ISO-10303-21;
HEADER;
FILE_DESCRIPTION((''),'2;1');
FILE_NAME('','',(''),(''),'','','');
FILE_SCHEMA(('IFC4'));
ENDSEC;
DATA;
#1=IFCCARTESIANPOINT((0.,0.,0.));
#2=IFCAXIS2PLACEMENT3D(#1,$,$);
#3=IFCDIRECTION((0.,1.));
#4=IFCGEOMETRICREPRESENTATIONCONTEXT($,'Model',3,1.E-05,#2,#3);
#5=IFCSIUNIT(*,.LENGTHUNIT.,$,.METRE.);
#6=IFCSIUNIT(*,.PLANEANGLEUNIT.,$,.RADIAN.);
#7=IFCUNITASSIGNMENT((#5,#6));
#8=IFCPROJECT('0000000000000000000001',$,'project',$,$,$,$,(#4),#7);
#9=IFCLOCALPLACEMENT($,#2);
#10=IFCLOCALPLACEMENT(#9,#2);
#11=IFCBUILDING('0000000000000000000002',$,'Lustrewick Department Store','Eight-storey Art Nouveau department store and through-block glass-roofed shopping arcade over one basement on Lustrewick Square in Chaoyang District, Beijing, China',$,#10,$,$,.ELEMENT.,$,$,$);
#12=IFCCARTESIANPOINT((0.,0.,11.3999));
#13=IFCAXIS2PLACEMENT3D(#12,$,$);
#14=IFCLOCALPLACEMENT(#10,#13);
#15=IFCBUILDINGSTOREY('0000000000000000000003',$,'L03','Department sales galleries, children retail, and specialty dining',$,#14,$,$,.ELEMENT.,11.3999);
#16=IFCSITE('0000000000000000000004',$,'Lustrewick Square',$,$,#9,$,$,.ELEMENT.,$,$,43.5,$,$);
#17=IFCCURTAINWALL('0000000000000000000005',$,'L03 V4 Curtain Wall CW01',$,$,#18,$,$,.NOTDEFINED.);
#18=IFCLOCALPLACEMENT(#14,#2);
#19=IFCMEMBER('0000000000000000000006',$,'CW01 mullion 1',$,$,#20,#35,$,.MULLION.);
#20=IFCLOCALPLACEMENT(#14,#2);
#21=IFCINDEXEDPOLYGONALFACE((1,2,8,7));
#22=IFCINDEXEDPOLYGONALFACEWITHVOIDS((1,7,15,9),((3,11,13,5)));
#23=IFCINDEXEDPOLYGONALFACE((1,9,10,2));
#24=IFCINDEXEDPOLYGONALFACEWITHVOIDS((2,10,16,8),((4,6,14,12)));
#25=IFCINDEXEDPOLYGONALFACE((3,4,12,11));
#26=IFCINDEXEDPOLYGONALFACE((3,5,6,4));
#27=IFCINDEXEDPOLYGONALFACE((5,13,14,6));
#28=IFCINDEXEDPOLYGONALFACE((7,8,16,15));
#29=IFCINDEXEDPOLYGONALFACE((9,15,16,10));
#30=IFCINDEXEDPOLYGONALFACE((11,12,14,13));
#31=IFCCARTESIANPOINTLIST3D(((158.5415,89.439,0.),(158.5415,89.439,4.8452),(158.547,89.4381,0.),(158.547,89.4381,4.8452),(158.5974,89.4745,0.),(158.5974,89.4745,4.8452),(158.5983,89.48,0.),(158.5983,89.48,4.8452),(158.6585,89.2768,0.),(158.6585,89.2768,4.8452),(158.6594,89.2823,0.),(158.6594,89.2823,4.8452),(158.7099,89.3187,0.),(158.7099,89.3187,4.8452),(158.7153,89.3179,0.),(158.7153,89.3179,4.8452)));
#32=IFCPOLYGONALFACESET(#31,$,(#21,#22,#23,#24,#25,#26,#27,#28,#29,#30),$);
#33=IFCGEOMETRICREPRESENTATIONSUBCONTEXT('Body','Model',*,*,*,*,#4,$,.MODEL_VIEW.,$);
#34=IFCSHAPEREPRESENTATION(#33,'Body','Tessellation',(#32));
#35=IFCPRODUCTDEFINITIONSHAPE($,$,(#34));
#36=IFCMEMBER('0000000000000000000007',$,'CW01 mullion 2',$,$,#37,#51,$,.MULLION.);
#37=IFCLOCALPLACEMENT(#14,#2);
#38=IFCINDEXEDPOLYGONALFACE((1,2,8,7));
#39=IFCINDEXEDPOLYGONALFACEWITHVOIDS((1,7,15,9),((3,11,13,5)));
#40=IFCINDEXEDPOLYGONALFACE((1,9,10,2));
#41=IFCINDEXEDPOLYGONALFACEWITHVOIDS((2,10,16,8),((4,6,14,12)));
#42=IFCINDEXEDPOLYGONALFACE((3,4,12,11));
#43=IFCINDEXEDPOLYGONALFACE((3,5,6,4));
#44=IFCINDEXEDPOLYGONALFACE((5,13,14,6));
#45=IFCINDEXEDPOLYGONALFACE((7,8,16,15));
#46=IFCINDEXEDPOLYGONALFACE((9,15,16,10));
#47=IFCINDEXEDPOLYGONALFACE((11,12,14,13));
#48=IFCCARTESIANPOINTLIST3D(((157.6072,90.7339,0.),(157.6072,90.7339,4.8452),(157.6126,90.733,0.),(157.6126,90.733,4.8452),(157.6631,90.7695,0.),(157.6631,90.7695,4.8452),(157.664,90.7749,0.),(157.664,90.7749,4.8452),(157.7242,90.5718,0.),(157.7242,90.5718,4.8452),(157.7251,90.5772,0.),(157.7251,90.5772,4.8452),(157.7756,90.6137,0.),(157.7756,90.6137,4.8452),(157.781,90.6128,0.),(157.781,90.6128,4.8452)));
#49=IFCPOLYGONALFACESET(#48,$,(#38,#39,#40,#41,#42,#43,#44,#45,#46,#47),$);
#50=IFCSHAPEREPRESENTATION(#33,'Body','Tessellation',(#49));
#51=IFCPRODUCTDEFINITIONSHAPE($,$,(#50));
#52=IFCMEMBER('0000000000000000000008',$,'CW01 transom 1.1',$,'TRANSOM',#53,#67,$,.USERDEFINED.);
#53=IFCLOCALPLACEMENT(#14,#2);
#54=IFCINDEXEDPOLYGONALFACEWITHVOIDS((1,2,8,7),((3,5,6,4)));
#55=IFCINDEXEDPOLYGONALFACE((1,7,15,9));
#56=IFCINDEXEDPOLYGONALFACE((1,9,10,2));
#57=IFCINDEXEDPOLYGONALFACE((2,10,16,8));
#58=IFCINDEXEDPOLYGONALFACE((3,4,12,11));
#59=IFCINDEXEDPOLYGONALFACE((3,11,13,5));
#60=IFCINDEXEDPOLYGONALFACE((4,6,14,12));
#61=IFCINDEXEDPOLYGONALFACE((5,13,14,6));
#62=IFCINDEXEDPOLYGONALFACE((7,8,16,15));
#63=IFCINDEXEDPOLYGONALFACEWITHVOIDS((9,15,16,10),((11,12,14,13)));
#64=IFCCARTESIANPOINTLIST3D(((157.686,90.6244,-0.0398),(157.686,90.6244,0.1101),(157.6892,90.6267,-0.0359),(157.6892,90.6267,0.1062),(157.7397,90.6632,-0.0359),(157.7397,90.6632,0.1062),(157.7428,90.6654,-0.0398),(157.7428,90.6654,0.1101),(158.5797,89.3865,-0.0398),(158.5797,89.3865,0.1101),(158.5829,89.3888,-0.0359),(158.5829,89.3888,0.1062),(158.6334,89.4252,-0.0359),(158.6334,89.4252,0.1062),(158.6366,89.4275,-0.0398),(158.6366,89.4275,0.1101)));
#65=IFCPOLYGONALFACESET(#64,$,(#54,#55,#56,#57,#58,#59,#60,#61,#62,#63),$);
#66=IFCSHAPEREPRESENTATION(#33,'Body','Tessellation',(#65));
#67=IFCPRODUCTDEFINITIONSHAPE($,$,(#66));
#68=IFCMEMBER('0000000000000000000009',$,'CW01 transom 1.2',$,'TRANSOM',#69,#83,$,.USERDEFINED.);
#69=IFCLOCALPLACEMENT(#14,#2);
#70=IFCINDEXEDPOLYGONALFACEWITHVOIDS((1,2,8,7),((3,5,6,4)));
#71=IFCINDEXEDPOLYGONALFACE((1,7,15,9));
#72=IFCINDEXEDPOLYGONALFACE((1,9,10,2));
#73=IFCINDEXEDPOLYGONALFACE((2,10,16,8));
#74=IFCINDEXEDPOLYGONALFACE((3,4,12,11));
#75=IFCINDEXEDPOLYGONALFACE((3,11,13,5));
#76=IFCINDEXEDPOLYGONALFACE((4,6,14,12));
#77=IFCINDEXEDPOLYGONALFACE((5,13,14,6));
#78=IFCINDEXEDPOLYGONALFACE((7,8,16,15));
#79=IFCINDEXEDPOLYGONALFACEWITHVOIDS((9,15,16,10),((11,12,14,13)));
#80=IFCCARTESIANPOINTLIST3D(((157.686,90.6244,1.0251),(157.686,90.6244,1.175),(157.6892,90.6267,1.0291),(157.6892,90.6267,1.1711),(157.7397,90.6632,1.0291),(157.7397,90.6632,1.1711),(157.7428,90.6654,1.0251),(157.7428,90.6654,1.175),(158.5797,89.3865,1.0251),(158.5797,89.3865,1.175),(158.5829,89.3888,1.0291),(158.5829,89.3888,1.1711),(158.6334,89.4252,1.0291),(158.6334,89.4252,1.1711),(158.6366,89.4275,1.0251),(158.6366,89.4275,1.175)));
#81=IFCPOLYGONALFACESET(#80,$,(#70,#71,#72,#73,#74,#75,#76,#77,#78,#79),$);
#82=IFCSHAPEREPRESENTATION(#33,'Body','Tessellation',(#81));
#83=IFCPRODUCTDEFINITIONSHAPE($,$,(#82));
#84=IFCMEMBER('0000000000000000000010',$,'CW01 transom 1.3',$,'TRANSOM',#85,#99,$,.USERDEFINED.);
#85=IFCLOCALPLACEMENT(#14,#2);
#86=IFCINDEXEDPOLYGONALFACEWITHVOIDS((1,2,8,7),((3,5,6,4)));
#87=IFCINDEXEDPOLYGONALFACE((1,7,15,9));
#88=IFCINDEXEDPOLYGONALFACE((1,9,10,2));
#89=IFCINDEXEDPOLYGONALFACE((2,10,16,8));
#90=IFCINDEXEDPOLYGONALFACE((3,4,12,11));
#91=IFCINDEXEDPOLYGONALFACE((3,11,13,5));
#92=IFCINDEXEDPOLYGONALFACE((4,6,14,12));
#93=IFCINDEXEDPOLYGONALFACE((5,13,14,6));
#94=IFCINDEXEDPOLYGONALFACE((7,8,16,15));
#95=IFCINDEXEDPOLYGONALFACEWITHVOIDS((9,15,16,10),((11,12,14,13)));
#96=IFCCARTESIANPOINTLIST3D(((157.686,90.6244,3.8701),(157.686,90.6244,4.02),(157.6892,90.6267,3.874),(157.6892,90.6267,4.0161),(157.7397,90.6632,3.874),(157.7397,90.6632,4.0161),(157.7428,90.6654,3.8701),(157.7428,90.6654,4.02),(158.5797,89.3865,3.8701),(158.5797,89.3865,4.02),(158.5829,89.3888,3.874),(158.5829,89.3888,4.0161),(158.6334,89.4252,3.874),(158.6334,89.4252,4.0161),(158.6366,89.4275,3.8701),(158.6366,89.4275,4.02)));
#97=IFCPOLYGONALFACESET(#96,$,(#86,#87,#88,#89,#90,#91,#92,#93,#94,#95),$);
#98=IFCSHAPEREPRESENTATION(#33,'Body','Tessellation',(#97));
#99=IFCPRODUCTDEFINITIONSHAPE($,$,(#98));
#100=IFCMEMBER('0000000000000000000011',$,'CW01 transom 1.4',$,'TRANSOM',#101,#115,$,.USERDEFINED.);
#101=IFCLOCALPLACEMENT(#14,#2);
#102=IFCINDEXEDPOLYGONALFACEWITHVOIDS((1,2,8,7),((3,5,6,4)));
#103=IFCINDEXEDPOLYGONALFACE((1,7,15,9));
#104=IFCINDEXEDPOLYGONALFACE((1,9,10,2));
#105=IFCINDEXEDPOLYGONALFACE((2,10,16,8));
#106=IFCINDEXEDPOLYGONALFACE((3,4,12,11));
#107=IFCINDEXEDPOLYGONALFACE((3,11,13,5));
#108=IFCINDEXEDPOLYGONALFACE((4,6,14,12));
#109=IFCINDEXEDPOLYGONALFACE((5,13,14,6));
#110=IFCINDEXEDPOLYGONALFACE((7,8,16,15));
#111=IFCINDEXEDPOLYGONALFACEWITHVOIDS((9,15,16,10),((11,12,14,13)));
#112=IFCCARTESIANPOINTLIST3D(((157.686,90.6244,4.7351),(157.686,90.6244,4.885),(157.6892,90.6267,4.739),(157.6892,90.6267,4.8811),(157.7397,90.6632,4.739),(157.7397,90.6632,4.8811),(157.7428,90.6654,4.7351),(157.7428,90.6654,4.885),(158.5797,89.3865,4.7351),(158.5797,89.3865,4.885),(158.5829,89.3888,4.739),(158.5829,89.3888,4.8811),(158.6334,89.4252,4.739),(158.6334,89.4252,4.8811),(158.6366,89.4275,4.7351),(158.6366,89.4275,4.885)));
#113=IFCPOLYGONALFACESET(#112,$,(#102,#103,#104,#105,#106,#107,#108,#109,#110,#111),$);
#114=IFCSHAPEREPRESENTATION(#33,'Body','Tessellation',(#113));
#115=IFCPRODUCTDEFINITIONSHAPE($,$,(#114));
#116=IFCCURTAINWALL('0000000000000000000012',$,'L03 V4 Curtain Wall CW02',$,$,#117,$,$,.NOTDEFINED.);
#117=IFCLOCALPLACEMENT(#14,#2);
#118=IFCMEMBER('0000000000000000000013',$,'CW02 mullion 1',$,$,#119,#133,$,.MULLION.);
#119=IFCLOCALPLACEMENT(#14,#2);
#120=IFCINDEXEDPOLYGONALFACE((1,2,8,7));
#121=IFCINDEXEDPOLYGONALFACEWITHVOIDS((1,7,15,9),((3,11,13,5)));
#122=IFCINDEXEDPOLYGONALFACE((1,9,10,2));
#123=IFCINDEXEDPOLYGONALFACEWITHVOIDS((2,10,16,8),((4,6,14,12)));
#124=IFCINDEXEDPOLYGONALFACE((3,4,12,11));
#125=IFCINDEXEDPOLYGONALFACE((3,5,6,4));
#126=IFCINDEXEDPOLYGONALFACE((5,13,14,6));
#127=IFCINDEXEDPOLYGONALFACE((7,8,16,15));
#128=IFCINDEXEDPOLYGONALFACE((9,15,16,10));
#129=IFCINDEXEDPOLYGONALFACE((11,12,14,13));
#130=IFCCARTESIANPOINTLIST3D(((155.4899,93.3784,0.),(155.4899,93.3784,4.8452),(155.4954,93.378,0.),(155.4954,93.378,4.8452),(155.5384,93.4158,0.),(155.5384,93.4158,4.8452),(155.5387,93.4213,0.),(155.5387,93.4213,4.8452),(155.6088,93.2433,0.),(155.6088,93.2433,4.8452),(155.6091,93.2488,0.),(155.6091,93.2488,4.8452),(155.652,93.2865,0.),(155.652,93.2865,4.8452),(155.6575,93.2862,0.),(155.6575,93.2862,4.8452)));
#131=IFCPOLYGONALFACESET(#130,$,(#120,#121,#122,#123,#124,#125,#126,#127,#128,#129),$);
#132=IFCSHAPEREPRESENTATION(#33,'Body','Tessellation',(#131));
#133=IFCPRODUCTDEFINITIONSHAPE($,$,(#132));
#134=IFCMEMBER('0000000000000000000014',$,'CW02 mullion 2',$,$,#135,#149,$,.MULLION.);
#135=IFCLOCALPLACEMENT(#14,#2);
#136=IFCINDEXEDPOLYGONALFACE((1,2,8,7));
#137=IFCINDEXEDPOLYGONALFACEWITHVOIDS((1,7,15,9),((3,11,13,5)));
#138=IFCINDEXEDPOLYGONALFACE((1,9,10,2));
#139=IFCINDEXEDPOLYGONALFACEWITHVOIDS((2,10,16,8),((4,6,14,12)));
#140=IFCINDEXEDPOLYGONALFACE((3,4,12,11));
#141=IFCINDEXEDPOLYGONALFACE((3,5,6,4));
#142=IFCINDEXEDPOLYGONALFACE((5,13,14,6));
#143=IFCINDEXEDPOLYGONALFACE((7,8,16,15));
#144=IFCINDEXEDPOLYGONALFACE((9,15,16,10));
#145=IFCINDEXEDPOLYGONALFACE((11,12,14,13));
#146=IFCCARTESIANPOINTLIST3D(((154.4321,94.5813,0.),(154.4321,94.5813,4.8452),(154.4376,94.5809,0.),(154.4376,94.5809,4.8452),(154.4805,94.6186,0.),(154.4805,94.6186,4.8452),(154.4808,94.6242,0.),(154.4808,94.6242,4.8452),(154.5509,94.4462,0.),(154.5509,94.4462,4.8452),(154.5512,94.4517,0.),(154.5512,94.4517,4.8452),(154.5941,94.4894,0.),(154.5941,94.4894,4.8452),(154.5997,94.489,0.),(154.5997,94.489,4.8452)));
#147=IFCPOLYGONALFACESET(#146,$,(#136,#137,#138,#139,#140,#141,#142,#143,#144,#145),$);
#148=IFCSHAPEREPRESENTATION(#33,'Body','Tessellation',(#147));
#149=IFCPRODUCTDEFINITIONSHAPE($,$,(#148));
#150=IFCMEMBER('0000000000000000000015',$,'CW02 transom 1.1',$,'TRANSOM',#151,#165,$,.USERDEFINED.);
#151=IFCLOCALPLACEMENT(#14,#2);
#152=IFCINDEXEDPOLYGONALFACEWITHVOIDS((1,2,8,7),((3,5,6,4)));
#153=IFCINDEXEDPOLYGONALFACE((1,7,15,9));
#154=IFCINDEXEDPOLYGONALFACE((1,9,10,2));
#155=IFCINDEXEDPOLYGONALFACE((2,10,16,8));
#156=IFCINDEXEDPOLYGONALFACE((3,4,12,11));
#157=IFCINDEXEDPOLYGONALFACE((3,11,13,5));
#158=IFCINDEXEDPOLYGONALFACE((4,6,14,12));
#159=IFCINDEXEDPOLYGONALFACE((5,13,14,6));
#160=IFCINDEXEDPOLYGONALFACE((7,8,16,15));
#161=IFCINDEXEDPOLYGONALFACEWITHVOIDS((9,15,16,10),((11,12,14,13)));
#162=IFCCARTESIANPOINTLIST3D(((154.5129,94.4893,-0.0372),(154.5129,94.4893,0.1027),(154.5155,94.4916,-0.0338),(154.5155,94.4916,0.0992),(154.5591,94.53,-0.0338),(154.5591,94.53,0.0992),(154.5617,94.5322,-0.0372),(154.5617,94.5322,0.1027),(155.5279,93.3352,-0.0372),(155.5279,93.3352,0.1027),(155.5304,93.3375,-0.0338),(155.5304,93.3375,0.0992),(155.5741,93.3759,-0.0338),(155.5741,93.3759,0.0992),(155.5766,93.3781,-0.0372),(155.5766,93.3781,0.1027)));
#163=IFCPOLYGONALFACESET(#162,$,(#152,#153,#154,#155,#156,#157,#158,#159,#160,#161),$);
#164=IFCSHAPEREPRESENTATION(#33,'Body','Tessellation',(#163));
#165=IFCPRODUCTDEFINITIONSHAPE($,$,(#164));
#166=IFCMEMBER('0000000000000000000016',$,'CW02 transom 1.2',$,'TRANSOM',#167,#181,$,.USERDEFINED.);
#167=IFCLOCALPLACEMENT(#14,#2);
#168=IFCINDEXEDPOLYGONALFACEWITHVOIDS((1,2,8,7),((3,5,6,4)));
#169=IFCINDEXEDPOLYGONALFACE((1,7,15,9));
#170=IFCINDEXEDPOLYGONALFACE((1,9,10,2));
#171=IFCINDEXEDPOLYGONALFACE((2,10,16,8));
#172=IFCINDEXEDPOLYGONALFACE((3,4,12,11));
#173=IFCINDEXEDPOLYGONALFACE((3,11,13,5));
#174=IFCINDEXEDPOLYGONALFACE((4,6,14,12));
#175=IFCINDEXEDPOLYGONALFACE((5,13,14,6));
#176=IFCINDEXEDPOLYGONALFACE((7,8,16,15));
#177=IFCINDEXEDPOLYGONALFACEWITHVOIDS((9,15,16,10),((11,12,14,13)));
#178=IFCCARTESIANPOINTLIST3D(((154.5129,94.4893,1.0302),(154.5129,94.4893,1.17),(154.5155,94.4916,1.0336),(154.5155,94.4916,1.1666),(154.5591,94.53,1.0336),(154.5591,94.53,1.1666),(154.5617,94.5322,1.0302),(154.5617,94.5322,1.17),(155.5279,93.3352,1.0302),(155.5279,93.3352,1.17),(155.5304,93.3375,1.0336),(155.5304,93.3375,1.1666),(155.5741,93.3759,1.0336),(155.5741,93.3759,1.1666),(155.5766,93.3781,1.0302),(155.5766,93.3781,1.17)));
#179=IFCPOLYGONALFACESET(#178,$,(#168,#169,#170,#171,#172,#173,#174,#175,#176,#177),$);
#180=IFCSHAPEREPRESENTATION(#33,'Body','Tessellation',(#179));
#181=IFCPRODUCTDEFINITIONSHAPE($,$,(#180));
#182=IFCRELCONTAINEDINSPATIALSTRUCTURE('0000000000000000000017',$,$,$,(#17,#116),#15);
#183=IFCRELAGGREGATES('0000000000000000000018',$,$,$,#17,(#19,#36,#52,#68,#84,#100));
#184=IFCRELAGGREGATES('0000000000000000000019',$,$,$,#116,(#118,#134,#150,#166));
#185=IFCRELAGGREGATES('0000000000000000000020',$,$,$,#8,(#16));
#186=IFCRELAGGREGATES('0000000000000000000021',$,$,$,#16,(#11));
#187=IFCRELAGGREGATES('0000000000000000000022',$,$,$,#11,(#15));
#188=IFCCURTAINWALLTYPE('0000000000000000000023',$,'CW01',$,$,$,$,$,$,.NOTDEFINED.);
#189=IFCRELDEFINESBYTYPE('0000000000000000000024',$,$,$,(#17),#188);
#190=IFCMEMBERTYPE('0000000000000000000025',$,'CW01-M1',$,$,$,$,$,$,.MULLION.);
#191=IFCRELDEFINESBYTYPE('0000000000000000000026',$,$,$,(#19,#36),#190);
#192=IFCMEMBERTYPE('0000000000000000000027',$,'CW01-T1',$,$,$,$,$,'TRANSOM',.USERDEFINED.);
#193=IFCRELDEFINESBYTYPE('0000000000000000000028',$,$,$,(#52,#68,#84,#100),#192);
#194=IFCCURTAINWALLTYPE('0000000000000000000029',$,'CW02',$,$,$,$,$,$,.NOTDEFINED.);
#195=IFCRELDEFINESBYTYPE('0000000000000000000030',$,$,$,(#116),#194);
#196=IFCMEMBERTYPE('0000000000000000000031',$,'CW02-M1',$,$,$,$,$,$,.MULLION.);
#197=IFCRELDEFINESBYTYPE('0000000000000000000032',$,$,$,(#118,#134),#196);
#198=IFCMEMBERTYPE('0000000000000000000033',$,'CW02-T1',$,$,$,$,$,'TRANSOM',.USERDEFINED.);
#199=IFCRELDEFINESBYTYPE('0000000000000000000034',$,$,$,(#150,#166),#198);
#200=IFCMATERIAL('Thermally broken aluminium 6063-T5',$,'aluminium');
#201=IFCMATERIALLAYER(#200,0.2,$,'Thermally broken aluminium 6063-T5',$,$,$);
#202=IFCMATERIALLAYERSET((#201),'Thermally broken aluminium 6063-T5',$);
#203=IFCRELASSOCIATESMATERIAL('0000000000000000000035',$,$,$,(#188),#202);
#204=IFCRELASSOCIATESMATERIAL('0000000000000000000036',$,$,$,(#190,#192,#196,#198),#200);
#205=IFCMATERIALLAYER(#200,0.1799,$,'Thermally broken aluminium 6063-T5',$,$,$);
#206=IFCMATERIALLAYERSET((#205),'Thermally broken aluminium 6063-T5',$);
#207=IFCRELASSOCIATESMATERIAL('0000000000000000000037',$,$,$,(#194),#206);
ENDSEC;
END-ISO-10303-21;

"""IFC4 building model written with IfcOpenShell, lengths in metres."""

from ifc_helpers import new_model, si_unit, direction, frame, origin, origin_2d, place, context, subcontext, project, spatial, hollow_rectangle, extrude, material, layer, layer_set, material_profile, profile_set, type_object, element, aggregate, save


model = new_model("IFC4")

# Units and contexts
model_context = context("Model", 3, precision=1e-05, world=origin(), true_north=direction((0.0, 1.0)))
body_context = subcontext(model_context, "Body", "Model", "MODEL_VIEW")
ifc_project = project(units=[si_unit("LENGTHUNIT", "METRE"), si_unit("PLANEANGLEUNIT", "RADIAN")], contexts=[model_context])

# Site, building, storey
site_placement = place(None, origin())
site = spatial("IfcSite", under=ifc_project, at=site_placement, Name="Lustrewick Square", CompositionType="ELEMENT", RefElevation=43.5)
building_placement = place(site_placement, origin())
building = spatial("IfcBuilding", under=site, at=building_placement, Name="Lustrewick Department Store", Description="Eight-storey Art Nouveau department store and through-block glass-roofed shopping arcade over one basement on Lustrewick Square in Chaoyang District, Beijing, China", CompositionType="ELEMENT")
storey_placement = place(building_placement, frame((0.0, 0.0, 11.3999)))
storey = spatial("IfcBuildingStorey", under=building, at=storey_placement, Name="L03", Description="Department sales galleries, children retail, and specialty dining", CompositionType="ELEMENT", Elevation=11.3999)

# Curtain walls, members
ifc_material_1 = material(Name="Thermally broken aluminium 6063-T5", Category="aluminium")
ifc_layer_1 = layer(ifc_material_1, 0.2, Name="Thermally broken aluminium 6063-T5")
ifc_layer_set_1 = layer_set([ifc_layer_1], Name="Thermally broken aluminium 6063-T5")
curtain_wall_type_1 = type_object("IfcCurtainWallType", Name="CW01", PredefinedType="NOTDEFINED", material=ifc_layer_set_1)
curtain_wall_1_placement = place(storey_placement, origin())
curtain_wall_1 = element("IfcCurtainWall", 1, at=curtain_wall_1_placement, inside=storey, type_object=curtain_wall_type_1, Name="L03 V4 Curtain Wall CW01", PredefinedType="NOTDEFINED")
ifc_material_profile_1 = material_profile(ifc_material_1, hollow_rectangle(XDim=0.0701, YDim=0.2, WallThickness=0.0039, at=origin_2d()), Name="ALU-M 70x200x4")
ifc_profile_set_1 = profile_set([ifc_material_profile_1], Name="Thermally broken aluminium 6063-T5")
member_type_1 = type_object("IfcMemberType", Name="CW01-M1", PredefinedType="MULLION", material=ifc_profile_set_1)
member_1_placement = place(storey_placement, frame((158.6284, 89.3784, 0.0), z_axis=(0.0, 0.0, 1.0), x_axis=(-0.810866, -0.585232, 0.0)))
member_1 = element("IfcMember", 2, at=member_1_placement, type_object=member_type_1, Name="CW01 mullion 1", PredefinedType="MULLION", context=body_context, shape_type="SweptSolid", body=[
    extrude(hollow_rectangle(XDim=0.0701, YDim=0.2, WallThickness=0.0039, at=origin_2d()), origin(), (0.0, 0.0, 1.0), 4.8452),
])
member_2_placement = place(storey_placement, frame((157.6941, 90.6733, 0.0), z_axis=(0.0, 0.0, 1.0), x_axis=(-0.810866, -0.585232, 0.0)))
member_2 = element("IfcMember", 3, at=member_2_placement, type_object=member_type_1, Name="CW01 mullion 2", PredefinedType="MULLION", context=body_context, shape_type="SweptSolid", body=[
    extrude(hollow_rectangle(XDim=0.0701, YDim=0.2, WallThickness=0.0039, at=origin_2d()), origin(), (0.0, 0.0, 1.0), 4.8452),
])
ifc_material_profile_2 = material_profile(ifc_material_1, hollow_rectangle(XDim=0.0701, YDim=0.1499, WallThickness=0.0039, at=origin_2d()), Name="ALU-T 70x150x4")
ifc_profile_set_2 = profile_set([ifc_material_profile_2], Name="Thermally broken aluminium 6063-T5")
member_type_2 = type_object("IfcMemberType", Name="CW01-T1", ElementType="TRANSOM", PredefinedType="USERDEFINED", material=ifc_profile_set_2)
member_3_placement = place(storey_placement, frame((158.6082, 89.407, 0.0352), z_axis=(-0.585345, 0.810785, 0.0), x_axis=(-0.810785, -0.585345, 0.0)))
member_3 = element("IfcMember", 4, at=member_3_placement, type_object=member_type_2, Name="CW01 transom 1.1", ObjectType="TRANSOM", PredefinedType="USERDEFINED", context=body_context, shape_type="SweptSolid", body=[
    extrude(hollow_rectangle(XDim=0.0701, YDim=0.1499, WallThickness=0.0039, at=origin_2d()), origin(), (0.0, 0.0, 1.0), 1.5269),
])
member_4_placement = place(storey_placement, frame((158.6082, 89.407, 1.1001), z_axis=(-0.585345, 0.810785, 0.0), x_axis=(-0.810785, -0.585345, 0.0)))
member_4 = element("IfcMember", 5, at=member_4_placement, type_object=member_type_2, Name="CW01 transom 1.2", ObjectType="TRANSOM", PredefinedType="USERDEFINED", context=body_context, shape_type="SweptSolid", body=[
    extrude(hollow_rectangle(XDim=0.0701, YDim=0.1499, WallThickness=0.0039, at=origin_2d()), origin(), (0.0, 0.0, 1.0), 1.5269),
])
member_5_placement = place(storey_placement, frame((158.6082, 89.407, 3.9451), z_axis=(-0.585345, 0.810785, 0.0), x_axis=(-0.810785, -0.585345, 0.0)))
member_5 = element("IfcMember", 6, at=member_5_placement, type_object=member_type_2, Name="CW01 transom 1.3", ObjectType="TRANSOM", PredefinedType="USERDEFINED", context=body_context, shape_type="SweptSolid", body=[
    extrude(hollow_rectangle(XDim=0.0701, YDim=0.1499, WallThickness=0.0039, at=origin_2d()), origin(), (0.0, 0.0, 1.0), 1.5269),
])
member_6_placement = place(storey_placement, frame((158.6082, 89.407, 4.8101), z_axis=(-0.585345, 0.810785, 0.0), x_axis=(-0.810785, -0.585345, 0.0)))
member_6 = element("IfcMember", 7, at=member_6_placement, type_object=member_type_2, Name="CW01 transom 1.4", ObjectType="TRANSOM", PredefinedType="USERDEFINED", context=body_context, shape_type="SweptSolid", body=[
    extrude(hollow_rectangle(XDim=0.0701, YDim=0.1499, WallThickness=0.0039, at=origin_2d()), origin(), (0.0, 0.0, 1.0), 1.5269),
])
ifc_layer_2 = layer(ifc_material_1, 0.1799, Name="Thermally broken aluminium 6063-T5")
ifc_layer_set_2 = layer_set([ifc_layer_2], Name="Thermally broken aluminium 6063-T5")
curtain_wall_type_2 = type_object("IfcCurtainWallType", Name="CW02", PredefinedType="NOTDEFINED", material=ifc_layer_set_2)
curtain_wall_2_placement = place(storey_placement, origin())
curtain_wall_2 = element("IfcCurtainWall", 8, at=curtain_wall_2_placement, inside=storey, type_object=curtain_wall_type_2, Name="L03 V4 Curtain Wall CW02", PredefinedType="NOTDEFINED")
ifc_material_profile_3 = material_profile(ifc_material_1, hollow_rectangle(XDim=0.0649, YDim=0.1799, WallThickness=0.0039, at=origin_2d()), Name="ALU-M 65x180x4")
ifc_profile_set_3 = profile_set([ifc_material_profile_3], Name="Thermally broken aluminium 6063-T5")
member_type_3 = type_object("IfcMemberType", Name="CW02-M1", PredefinedType="MULLION", material=ifc_profile_set_3)
member_7_placement = place(storey_placement, frame((155.5737, 93.3323, 0.0), z_axis=(0.0, 0.0, 1.0), x_axis=(-0.75095, -0.660359, 0.0)))
member_7 = element("IfcMember", 9, at=member_7_placement, type_object=member_type_3, Name="CW02 mullion 1", PredefinedType="MULLION", context=body_context, shape_type="SweptSolid", body=[
    extrude(hollow_rectangle(XDim=0.0649, YDim=0.1799, WallThickness=0.0039, at=origin_2d()), origin(), (0.0, 0.0, 1.0), 4.8452),
])
member_8_placement = place(storey_placement, frame((154.5159, 94.5352, 0.0), z_axis=(0.0, 0.0, 1.0), x_axis=(-0.75095, -0.660359, 0.0)))
member_8 = element("IfcMember", 10, at=member_8_placement, type_object=member_type_3, Name="CW02 mullion 2", PredefinedType="MULLION", context=body_context, shape_type="SweptSolid", body=[
    extrude(hollow_rectangle(XDim=0.0649, YDim=0.1799, WallThickness=0.0039, at=origin_2d()), origin(), (0.0, 0.0, 1.0), 4.8452),
])
ifc_material_profile_4 = material_profile(ifc_material_1, hollow_rectangle(XDim=0.0649, YDim=0.1399, WallThickness=0.0034, at=origin_2d()), Name="ALU-T 65x140x3.5")
ifc_profile_set_4 = profile_set([ifc_material_profile_4], Name="Thermally broken aluminium 6063-T5")
member_type_4 = type_object("IfcMemberType", Name="CW02-T1", ElementType="TRANSOM", PredefinedType="USERDEFINED", material=ifc_profile_set_4)
member_9_placement = place(storey_placement, frame((155.5522, 93.3567, 0.0327), z_axis=(-0.660381, 0.750931, 0.0), x_axis=(-0.750931, -0.660381, 0.0)))
member_9 = element("IfcMember", 11, at=member_9_placement, type_object=member_type_4, Name="CW02 transom 1.1", ObjectType="TRANSOM", PredefinedType="USERDEFINED", context=body_context, shape_type="SweptSolid", body=[
    extrude(hollow_rectangle(XDim=0.0649, YDim=0.1399, WallThickness=0.0034, at=origin_2d()), origin(), (0.0, 0.0, 1.0), 1.5369),
])
member_10_placement = place(storey_placement, frame((155.5522, 93.3567, 1.1001), z_axis=(-0.660381, 0.750931, 0.0), x_axis=(-0.750931, -0.660381, 0.0)))
member_10 = element("IfcMember", 12, at=member_10_placement, type_object=member_type_4, Name="CW02 transom 1.2", ObjectType="TRANSOM", PredefinedType="USERDEFINED", context=body_context, shape_type="SweptSolid", body=[
    extrude(hollow_rectangle(XDim=0.0649, YDim=0.1399, WallThickness=0.0034, at=origin_2d()), origin(), (0.0, 0.0, 1.0), 1.5369),
])

aggregate(curtain_wall_1, [member_1, member_2, member_3, member_4, member_5, member_6])
aggregate(curtain_wall_2, [member_7, member_8, member_9, member_10])

save(model, "model.ifc")
